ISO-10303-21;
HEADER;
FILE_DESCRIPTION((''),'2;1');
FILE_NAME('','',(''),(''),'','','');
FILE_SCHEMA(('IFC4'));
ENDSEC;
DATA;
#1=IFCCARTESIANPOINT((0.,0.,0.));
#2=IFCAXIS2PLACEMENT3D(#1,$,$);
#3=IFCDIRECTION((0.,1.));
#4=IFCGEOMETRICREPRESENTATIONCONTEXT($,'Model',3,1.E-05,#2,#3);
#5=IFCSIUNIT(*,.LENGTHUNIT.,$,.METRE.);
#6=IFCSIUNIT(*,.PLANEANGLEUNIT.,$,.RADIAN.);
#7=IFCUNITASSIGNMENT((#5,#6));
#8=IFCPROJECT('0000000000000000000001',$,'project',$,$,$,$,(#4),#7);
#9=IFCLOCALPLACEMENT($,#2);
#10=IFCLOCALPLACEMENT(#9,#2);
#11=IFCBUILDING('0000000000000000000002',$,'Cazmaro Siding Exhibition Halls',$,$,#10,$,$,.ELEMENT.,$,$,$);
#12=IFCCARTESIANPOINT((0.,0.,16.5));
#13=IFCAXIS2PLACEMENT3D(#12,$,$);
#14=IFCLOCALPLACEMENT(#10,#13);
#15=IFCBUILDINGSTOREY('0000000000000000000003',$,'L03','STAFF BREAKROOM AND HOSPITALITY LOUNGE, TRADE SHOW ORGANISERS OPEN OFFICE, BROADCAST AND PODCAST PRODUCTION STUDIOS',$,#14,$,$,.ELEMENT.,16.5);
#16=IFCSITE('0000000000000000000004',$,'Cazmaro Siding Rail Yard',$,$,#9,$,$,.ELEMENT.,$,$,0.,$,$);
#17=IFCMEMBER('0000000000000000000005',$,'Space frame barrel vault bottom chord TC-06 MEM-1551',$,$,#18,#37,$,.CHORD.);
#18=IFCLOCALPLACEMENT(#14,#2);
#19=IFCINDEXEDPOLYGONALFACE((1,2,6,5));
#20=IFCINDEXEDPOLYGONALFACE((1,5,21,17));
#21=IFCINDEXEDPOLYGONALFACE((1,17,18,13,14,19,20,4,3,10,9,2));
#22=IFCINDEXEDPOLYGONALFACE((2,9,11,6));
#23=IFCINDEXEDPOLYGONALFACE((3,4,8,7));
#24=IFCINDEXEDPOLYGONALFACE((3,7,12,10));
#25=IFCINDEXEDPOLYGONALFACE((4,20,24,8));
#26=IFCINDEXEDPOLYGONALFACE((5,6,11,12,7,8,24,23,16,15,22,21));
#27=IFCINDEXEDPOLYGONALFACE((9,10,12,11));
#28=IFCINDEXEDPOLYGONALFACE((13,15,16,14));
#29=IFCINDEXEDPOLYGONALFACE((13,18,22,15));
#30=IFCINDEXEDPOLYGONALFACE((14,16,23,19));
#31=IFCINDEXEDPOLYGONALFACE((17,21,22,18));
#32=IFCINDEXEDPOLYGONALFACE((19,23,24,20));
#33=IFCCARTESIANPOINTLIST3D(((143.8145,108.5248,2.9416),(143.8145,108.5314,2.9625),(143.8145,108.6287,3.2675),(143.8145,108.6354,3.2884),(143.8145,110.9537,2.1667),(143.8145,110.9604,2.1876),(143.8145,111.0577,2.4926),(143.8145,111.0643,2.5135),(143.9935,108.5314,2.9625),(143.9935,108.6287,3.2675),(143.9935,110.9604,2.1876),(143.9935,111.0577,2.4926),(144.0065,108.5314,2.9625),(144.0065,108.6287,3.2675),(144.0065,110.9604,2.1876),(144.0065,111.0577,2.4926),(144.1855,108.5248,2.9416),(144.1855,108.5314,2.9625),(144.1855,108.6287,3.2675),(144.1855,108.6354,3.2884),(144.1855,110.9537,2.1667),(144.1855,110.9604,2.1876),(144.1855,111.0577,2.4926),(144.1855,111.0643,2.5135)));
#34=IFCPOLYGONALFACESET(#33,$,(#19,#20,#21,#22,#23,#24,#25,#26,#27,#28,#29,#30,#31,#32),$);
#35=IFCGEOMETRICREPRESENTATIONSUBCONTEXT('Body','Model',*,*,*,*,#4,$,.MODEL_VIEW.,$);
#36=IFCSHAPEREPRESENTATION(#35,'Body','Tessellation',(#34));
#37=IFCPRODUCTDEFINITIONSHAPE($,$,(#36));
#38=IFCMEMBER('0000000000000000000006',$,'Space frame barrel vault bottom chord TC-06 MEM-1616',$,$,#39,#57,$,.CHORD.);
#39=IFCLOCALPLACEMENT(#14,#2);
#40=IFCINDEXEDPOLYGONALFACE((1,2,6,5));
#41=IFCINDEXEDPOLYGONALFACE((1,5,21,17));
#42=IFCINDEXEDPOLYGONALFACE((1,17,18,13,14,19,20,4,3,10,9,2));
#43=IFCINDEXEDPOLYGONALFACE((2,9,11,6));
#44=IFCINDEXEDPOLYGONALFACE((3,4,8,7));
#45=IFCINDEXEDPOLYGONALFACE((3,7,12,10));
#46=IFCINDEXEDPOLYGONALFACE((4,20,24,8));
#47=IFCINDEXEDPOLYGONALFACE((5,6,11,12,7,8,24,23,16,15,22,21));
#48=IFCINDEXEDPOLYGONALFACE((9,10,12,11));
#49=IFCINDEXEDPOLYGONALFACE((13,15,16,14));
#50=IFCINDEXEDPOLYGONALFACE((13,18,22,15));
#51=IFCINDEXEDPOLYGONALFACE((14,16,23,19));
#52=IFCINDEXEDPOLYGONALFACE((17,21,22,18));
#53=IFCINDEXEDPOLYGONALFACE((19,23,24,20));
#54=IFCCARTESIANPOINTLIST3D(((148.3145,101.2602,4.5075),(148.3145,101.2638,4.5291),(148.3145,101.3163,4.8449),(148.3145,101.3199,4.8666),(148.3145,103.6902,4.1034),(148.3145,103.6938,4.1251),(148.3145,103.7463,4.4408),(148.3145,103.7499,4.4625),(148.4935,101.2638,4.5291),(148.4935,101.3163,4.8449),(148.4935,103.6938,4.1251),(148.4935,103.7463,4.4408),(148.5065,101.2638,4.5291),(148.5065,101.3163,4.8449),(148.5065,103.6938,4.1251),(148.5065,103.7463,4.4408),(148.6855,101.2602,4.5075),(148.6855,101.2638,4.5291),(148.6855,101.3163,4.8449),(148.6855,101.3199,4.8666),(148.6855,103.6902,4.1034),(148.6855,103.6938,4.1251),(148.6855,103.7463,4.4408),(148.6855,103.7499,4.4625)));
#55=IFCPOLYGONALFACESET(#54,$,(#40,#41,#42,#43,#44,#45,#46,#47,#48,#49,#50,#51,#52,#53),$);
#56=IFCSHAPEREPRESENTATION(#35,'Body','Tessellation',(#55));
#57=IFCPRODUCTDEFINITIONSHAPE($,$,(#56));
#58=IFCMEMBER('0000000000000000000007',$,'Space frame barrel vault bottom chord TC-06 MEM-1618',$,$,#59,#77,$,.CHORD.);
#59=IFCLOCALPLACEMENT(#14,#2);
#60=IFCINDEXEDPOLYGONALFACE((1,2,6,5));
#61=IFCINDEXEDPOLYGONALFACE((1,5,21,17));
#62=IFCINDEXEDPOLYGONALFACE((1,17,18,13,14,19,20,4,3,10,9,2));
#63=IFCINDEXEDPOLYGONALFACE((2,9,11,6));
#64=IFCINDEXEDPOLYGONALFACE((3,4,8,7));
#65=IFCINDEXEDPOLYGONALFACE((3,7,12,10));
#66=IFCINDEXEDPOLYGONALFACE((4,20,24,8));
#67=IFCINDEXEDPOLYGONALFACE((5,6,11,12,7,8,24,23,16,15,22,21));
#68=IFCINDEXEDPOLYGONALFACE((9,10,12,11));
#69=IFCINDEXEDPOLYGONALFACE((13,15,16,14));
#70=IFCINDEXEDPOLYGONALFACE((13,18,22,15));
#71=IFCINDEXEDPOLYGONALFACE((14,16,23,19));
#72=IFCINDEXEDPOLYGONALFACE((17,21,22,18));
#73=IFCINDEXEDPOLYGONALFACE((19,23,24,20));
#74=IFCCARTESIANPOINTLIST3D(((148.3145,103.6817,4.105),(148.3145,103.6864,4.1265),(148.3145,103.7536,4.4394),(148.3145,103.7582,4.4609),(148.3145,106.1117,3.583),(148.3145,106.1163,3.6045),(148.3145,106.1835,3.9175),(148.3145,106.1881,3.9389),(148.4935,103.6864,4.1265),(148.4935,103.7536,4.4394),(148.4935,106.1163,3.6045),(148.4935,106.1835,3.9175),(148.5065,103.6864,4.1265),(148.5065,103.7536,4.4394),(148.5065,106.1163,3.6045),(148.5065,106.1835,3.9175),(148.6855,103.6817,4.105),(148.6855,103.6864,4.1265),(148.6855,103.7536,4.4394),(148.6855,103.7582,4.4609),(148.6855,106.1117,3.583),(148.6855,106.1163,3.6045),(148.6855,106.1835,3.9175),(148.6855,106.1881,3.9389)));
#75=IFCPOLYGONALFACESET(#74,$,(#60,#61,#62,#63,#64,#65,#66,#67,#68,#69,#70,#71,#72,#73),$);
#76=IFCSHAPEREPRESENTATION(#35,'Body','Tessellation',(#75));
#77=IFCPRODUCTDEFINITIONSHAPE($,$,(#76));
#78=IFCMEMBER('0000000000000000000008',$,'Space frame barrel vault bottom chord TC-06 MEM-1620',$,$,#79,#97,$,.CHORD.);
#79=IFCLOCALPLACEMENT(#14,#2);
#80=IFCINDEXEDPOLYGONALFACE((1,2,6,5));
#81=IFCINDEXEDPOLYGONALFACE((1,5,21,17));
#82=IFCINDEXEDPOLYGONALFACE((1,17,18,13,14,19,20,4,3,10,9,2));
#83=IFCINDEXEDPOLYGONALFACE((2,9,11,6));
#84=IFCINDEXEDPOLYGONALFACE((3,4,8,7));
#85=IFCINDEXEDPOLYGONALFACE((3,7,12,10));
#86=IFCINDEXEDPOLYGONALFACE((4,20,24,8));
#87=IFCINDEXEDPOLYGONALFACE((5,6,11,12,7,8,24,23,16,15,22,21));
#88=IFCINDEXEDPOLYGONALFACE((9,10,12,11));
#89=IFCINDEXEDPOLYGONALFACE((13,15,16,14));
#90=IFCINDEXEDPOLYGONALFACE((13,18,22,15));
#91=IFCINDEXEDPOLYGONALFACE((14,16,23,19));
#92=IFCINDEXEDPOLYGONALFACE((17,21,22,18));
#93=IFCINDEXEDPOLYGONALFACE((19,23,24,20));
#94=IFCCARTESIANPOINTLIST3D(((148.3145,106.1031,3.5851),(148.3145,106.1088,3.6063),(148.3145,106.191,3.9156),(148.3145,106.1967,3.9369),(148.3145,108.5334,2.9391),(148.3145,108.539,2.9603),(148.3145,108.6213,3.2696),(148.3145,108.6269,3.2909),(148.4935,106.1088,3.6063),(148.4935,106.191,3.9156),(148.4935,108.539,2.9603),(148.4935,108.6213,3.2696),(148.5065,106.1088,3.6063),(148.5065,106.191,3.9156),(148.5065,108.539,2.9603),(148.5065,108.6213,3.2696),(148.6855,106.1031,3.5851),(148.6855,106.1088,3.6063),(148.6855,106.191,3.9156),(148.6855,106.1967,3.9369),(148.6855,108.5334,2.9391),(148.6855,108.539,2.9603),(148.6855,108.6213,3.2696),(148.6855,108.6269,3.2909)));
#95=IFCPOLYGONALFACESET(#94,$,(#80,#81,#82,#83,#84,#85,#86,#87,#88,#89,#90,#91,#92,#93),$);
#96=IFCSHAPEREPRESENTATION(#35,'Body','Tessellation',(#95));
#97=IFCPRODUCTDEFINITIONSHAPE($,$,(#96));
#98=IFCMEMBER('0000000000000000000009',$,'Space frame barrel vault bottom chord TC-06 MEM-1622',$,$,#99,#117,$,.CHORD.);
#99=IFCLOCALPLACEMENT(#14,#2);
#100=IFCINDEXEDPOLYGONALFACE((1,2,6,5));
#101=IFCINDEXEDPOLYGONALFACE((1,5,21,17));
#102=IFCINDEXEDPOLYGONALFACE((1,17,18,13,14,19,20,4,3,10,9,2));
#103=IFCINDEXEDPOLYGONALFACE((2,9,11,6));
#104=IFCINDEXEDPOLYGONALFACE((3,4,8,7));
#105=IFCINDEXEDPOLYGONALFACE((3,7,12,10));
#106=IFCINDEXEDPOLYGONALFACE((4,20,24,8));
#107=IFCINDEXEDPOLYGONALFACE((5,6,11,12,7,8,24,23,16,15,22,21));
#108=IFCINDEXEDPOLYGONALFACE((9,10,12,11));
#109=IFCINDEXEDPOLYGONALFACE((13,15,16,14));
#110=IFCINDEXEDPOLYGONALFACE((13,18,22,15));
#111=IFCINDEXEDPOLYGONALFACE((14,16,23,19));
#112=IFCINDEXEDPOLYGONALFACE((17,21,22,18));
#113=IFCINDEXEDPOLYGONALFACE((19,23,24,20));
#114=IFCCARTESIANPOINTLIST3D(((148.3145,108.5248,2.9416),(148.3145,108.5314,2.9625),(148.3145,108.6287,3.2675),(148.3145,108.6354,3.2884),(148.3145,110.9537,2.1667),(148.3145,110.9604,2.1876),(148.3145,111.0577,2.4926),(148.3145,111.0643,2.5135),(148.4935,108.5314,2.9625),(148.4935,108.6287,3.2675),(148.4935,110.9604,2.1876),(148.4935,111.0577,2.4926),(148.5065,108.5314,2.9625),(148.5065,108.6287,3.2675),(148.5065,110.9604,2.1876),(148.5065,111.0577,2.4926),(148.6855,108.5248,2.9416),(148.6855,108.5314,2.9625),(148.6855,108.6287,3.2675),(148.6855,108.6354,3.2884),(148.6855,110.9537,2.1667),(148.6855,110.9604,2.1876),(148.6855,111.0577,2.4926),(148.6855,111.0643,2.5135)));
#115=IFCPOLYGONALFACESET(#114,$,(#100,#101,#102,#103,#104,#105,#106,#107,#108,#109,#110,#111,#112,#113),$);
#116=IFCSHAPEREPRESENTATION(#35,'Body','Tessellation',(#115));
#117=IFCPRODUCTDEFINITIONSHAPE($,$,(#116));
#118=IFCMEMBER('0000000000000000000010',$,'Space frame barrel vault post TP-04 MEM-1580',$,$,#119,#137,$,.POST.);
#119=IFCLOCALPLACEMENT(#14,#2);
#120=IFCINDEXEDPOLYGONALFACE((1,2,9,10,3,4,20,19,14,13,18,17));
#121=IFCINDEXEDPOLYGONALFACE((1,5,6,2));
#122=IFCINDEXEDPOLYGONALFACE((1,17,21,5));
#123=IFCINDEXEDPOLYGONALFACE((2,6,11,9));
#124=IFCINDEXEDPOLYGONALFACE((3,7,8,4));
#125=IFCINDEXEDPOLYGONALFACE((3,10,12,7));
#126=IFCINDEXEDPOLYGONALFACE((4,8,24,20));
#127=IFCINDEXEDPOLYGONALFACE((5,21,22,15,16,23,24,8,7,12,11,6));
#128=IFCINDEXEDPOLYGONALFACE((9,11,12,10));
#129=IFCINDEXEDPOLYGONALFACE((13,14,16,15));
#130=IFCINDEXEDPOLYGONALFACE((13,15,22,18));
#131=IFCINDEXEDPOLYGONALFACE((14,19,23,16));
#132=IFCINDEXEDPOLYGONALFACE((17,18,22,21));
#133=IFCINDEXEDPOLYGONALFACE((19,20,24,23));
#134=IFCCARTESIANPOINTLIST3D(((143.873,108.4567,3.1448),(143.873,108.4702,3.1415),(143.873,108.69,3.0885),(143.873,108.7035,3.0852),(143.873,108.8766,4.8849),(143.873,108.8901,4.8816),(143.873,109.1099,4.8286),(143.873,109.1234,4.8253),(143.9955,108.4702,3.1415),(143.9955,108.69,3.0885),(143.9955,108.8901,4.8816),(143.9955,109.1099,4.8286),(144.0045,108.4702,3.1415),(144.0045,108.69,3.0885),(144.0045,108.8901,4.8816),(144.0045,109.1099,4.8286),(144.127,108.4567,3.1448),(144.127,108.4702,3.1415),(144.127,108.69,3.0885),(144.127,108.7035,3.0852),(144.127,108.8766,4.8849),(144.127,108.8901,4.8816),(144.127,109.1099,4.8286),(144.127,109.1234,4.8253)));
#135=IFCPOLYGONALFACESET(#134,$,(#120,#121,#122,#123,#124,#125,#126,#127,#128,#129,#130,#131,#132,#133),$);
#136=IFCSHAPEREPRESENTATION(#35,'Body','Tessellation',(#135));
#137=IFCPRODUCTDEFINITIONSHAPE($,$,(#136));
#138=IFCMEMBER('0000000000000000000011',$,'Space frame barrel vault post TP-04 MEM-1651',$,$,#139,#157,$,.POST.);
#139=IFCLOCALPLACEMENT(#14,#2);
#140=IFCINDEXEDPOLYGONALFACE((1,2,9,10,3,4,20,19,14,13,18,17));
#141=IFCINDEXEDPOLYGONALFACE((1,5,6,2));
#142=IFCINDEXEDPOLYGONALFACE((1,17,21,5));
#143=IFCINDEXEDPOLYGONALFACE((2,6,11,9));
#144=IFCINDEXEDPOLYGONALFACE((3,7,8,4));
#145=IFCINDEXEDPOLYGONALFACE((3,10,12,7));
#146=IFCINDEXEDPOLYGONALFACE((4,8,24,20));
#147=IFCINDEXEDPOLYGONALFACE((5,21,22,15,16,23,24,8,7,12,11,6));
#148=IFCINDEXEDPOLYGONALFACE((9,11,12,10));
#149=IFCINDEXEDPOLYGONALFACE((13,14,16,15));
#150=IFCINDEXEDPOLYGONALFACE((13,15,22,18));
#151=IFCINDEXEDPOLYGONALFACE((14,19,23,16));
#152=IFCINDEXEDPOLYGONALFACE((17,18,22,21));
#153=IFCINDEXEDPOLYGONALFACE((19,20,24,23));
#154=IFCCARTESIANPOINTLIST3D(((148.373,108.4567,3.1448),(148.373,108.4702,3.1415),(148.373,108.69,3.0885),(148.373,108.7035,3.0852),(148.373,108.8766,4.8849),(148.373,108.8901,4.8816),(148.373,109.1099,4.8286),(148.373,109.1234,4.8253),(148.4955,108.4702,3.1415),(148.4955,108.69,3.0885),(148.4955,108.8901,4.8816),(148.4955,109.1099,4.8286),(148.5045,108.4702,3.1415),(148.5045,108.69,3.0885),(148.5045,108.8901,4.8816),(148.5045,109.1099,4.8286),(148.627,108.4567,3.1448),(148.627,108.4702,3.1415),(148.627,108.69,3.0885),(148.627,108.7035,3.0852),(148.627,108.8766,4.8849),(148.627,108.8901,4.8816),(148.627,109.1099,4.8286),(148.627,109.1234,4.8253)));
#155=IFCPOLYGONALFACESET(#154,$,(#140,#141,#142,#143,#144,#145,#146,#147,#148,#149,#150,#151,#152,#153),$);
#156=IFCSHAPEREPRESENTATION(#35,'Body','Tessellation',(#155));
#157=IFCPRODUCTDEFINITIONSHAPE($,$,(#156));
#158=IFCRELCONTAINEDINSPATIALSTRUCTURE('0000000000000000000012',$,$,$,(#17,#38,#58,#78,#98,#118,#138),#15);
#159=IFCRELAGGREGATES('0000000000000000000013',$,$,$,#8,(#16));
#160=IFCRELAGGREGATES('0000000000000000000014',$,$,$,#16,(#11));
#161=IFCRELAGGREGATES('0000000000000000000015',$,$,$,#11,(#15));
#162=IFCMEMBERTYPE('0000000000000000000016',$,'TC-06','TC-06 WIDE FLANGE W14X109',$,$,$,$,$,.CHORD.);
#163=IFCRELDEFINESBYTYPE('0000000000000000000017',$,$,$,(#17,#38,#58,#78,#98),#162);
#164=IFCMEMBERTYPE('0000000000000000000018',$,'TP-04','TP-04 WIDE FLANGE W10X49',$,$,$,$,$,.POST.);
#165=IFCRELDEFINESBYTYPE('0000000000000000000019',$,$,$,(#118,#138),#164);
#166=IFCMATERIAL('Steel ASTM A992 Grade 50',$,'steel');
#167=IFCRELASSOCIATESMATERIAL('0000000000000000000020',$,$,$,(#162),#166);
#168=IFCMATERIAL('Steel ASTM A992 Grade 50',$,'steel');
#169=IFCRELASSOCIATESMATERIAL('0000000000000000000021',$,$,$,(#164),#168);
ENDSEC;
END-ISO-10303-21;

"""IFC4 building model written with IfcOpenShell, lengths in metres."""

from ifc_helpers import new_model, si_unit, direction, frame, origin, origin_2d, place, context, subcontext, project, spatial, i_section, extrude, material, material_profile, profile_set, type_object, element, save


model = new_model("IFC4")

# Units and contexts
model_context = context("Model", 3, precision=1e-05, world=origin(), true_north=direction((0.0, 1.0)))
body_context = subcontext(model_context, "Body", "Model", "MODEL_VIEW")
ifc_project = project(units=[si_unit("LENGTHUNIT", "METRE"), si_unit("PLANEANGLEUNIT", "RADIAN")], contexts=[model_context])

# Site, building, storey
site_placement = place(None, origin())
site = spatial("IfcSite", under=ifc_project, at=site_placement, Name="Cazmaro Siding Rail Yard", CompositionType="ELEMENT", RefElevation=0.0)
building_placement = place(site_placement, origin())
building = spatial("IfcBuilding", under=site, at=building_placement, Name="Cazmaro Siding Exhibition Halls", CompositionType="ELEMENT")
storey_placement = place(building_placement, frame((0.0, 0.0, 16.5)))
storey = spatial("IfcBuildingStorey", under=building, at=storey_placement, Name="L03", Description="STAFF BREAKROOM AND HOSPITALITY LOUNGE, TRADE SHOW ORGANISERS OPEN OFFICE, BROADCAST AND PODCAST PRODUCTION STUDIOS", CompositionType="ELEMENT", Elevation=16.5)

# Members
ifc_material_1 = material(Name="Steel ASTM A992 Grade 50", Category="steel")
ifc_material_profile_1 = material_profile(ifc_material_1, i_section(OverallWidth=0.3711, OverallDepth=0.364, WebThickness=0.0129, FlangeThickness=0.022, at=origin_2d()), Name="W14X109")
ifc_profile_set_1 = profile_set([ifc_material_profile_1], Name="Steel ASTM A992 Grade 50")
member_type_1 = type_object("IfcMemberType", Name="TC-06", Description="TC-06 WIDE FLANGE W14X109", PredefinedType="CHORD", material=ifc_profile_set_1)
member_1_placement = place(storey_placement, frame((144.0, 108.5801, 3.115), z_axis=(0.0, 0.952693, -0.303935), x_axis=(-1.0, 0.0, 0.0)))
element("IfcMember", 1, at=member_1_placement, inside=storey, type_object=member_type_1, Name="Space frame barrel vault bottom chord TC-06 MEM-1551", PredefinedType="CHORD", context=body_context, shape_type="SweptSolid", body=[
    extrude(i_section(OverallWidth=0.3711, OverallDepth=0.364, WebThickness=0.0129, FlangeThickness=0.022, at=origin_2d()), origin(), (0.0, 0.0, 1.0), 2.5496),
])
member_2_placement = place(storey_placement, frame((148.5, 101.29, 4.687), z_axis=(0.0, 0.986455, -0.164029), x_axis=(-1.0, 0.0, 0.0)))
element("IfcMember", 2, at=member_2_placement, inside=storey, type_object=member_type_1, Name="Space frame barrel vault bottom chord TC-06 MEM-1616", PredefinedType="CHORD", context=body_context, shape_type="SweptSolid", body=[
    extrude(i_section(OverallWidth=0.3711, OverallDepth=0.364, WebThickness=0.0129, FlangeThickness=0.022, at=origin_2d()), origin(), (0.0, 0.0, 1.0), 2.4634),
])
member_3_placement = place(storey_placement, frame((148.5, 103.72, 4.283), z_axis=(0.0, 0.977697, -0.210019), x_axis=(-1.0, 0.0, 0.0)))
element("IfcMember", 3, at=member_3_placement, inside=storey, type_object=member_type_1, Name="Space frame barrel vault bottom chord TC-06 MEM-1618", PredefinedType="CHORD", context=body_context, shape_type="SweptSolid", body=[
    extrude(i_section(OverallWidth=0.3711, OverallDepth=0.364, WebThickness=0.0129, FlangeThickness=0.022, at=origin_2d()), origin(), (0.0, 0.0, 1.0), 2.4854),
])
member_4_placement = place(storey_placement, frame((148.5, 106.1499, 3.761), z_axis=(0.0, 0.966438, -0.256901), x_axis=(-1.0, 0.0, 0.0)))
element("IfcMember", 4, at=member_4_placement, inside=storey, type_object=member_type_1, Name="Space frame barrel vault bottom chord TC-06 MEM-1620", PredefinedType="CHORD", context=body_context, shape_type="SweptSolid", body=[
    extrude(i_section(OverallWidth=0.3711, OverallDepth=0.364, WebThickness=0.0129, FlangeThickness=0.022, at=origin_2d()), origin(), (0.0, 0.0, 1.0), 2.5146),
])
member_5_placement = place(storey_placement, frame((148.5, 108.5801, 3.115), z_axis=(0.0, 0.952693, -0.303935), x_axis=(-1.0, 0.0, 0.0)))
element("IfcMember", 5, at=member_5_placement, inside=storey, type_object=member_type_1, Name="Space frame barrel vault bottom chord TC-06 MEM-1622", PredefinedType="CHORD", context=body_context, shape_type="SweptSolid", body=[
    extrude(i_section(OverallWidth=0.3711, OverallDepth=0.364, WebThickness=0.0129, FlangeThickness=0.022, at=origin_2d()), origin(), (0.0, 0.0, 1.0), 2.5496),
])
ifc_material_2 = material(Name="Steel ASTM A992 Grade 50", Category="steel")
ifc_material_profile_2 = material_profile(ifc_material_2, i_section(OverallWidth=0.2539, OverallDepth=0.2539, WebThickness=0.009, FlangeThickness=0.0139, at=origin_2d()), Name="W10X49")
ifc_profile_set_2 = profile_set([ifc_material_profile_2], Name="Steel ASTM A992 Grade 50")
member_type_2 = type_object("IfcMemberType", Name="TP-04", Description="TP-04 WIDE FLANGE W10X49", PredefinedType="POST", material=ifc_profile_set_2)
for number, where, z_axis, x_axis, name in (
    (6, (144.0, 108.5801, 3.115), (0.0, 0.234601, 0.972092), (-1.0, 0.0, 0.0), "Space frame barrel vault post TP-04 MEM-1580"),
    (7, (148.5, 108.5801, 3.115), (0.0, 0.234601, 0.972092), (-1.0, 0.0, 0.0), "Space frame barrel vault post TP-04 MEM-1651"),
):
    element("IfcMember", number, at=place(storey_placement, frame(where, z_axis=z_axis, x_axis=x_axis)), inside=storey, type_object=member_type_2, Name=name, PredefinedType="POST", context=body_context, shape_type="SweptSolid", body=[
        extrude(i_section(OverallWidth=0.2539, OverallDepth=0.2539, WebThickness=0.009, FlangeThickness=0.0139, at=origin_2d()), origin(), (0.0, 0.0, 1.0), 1.79),
    ])

save(model, "model.ifc")
